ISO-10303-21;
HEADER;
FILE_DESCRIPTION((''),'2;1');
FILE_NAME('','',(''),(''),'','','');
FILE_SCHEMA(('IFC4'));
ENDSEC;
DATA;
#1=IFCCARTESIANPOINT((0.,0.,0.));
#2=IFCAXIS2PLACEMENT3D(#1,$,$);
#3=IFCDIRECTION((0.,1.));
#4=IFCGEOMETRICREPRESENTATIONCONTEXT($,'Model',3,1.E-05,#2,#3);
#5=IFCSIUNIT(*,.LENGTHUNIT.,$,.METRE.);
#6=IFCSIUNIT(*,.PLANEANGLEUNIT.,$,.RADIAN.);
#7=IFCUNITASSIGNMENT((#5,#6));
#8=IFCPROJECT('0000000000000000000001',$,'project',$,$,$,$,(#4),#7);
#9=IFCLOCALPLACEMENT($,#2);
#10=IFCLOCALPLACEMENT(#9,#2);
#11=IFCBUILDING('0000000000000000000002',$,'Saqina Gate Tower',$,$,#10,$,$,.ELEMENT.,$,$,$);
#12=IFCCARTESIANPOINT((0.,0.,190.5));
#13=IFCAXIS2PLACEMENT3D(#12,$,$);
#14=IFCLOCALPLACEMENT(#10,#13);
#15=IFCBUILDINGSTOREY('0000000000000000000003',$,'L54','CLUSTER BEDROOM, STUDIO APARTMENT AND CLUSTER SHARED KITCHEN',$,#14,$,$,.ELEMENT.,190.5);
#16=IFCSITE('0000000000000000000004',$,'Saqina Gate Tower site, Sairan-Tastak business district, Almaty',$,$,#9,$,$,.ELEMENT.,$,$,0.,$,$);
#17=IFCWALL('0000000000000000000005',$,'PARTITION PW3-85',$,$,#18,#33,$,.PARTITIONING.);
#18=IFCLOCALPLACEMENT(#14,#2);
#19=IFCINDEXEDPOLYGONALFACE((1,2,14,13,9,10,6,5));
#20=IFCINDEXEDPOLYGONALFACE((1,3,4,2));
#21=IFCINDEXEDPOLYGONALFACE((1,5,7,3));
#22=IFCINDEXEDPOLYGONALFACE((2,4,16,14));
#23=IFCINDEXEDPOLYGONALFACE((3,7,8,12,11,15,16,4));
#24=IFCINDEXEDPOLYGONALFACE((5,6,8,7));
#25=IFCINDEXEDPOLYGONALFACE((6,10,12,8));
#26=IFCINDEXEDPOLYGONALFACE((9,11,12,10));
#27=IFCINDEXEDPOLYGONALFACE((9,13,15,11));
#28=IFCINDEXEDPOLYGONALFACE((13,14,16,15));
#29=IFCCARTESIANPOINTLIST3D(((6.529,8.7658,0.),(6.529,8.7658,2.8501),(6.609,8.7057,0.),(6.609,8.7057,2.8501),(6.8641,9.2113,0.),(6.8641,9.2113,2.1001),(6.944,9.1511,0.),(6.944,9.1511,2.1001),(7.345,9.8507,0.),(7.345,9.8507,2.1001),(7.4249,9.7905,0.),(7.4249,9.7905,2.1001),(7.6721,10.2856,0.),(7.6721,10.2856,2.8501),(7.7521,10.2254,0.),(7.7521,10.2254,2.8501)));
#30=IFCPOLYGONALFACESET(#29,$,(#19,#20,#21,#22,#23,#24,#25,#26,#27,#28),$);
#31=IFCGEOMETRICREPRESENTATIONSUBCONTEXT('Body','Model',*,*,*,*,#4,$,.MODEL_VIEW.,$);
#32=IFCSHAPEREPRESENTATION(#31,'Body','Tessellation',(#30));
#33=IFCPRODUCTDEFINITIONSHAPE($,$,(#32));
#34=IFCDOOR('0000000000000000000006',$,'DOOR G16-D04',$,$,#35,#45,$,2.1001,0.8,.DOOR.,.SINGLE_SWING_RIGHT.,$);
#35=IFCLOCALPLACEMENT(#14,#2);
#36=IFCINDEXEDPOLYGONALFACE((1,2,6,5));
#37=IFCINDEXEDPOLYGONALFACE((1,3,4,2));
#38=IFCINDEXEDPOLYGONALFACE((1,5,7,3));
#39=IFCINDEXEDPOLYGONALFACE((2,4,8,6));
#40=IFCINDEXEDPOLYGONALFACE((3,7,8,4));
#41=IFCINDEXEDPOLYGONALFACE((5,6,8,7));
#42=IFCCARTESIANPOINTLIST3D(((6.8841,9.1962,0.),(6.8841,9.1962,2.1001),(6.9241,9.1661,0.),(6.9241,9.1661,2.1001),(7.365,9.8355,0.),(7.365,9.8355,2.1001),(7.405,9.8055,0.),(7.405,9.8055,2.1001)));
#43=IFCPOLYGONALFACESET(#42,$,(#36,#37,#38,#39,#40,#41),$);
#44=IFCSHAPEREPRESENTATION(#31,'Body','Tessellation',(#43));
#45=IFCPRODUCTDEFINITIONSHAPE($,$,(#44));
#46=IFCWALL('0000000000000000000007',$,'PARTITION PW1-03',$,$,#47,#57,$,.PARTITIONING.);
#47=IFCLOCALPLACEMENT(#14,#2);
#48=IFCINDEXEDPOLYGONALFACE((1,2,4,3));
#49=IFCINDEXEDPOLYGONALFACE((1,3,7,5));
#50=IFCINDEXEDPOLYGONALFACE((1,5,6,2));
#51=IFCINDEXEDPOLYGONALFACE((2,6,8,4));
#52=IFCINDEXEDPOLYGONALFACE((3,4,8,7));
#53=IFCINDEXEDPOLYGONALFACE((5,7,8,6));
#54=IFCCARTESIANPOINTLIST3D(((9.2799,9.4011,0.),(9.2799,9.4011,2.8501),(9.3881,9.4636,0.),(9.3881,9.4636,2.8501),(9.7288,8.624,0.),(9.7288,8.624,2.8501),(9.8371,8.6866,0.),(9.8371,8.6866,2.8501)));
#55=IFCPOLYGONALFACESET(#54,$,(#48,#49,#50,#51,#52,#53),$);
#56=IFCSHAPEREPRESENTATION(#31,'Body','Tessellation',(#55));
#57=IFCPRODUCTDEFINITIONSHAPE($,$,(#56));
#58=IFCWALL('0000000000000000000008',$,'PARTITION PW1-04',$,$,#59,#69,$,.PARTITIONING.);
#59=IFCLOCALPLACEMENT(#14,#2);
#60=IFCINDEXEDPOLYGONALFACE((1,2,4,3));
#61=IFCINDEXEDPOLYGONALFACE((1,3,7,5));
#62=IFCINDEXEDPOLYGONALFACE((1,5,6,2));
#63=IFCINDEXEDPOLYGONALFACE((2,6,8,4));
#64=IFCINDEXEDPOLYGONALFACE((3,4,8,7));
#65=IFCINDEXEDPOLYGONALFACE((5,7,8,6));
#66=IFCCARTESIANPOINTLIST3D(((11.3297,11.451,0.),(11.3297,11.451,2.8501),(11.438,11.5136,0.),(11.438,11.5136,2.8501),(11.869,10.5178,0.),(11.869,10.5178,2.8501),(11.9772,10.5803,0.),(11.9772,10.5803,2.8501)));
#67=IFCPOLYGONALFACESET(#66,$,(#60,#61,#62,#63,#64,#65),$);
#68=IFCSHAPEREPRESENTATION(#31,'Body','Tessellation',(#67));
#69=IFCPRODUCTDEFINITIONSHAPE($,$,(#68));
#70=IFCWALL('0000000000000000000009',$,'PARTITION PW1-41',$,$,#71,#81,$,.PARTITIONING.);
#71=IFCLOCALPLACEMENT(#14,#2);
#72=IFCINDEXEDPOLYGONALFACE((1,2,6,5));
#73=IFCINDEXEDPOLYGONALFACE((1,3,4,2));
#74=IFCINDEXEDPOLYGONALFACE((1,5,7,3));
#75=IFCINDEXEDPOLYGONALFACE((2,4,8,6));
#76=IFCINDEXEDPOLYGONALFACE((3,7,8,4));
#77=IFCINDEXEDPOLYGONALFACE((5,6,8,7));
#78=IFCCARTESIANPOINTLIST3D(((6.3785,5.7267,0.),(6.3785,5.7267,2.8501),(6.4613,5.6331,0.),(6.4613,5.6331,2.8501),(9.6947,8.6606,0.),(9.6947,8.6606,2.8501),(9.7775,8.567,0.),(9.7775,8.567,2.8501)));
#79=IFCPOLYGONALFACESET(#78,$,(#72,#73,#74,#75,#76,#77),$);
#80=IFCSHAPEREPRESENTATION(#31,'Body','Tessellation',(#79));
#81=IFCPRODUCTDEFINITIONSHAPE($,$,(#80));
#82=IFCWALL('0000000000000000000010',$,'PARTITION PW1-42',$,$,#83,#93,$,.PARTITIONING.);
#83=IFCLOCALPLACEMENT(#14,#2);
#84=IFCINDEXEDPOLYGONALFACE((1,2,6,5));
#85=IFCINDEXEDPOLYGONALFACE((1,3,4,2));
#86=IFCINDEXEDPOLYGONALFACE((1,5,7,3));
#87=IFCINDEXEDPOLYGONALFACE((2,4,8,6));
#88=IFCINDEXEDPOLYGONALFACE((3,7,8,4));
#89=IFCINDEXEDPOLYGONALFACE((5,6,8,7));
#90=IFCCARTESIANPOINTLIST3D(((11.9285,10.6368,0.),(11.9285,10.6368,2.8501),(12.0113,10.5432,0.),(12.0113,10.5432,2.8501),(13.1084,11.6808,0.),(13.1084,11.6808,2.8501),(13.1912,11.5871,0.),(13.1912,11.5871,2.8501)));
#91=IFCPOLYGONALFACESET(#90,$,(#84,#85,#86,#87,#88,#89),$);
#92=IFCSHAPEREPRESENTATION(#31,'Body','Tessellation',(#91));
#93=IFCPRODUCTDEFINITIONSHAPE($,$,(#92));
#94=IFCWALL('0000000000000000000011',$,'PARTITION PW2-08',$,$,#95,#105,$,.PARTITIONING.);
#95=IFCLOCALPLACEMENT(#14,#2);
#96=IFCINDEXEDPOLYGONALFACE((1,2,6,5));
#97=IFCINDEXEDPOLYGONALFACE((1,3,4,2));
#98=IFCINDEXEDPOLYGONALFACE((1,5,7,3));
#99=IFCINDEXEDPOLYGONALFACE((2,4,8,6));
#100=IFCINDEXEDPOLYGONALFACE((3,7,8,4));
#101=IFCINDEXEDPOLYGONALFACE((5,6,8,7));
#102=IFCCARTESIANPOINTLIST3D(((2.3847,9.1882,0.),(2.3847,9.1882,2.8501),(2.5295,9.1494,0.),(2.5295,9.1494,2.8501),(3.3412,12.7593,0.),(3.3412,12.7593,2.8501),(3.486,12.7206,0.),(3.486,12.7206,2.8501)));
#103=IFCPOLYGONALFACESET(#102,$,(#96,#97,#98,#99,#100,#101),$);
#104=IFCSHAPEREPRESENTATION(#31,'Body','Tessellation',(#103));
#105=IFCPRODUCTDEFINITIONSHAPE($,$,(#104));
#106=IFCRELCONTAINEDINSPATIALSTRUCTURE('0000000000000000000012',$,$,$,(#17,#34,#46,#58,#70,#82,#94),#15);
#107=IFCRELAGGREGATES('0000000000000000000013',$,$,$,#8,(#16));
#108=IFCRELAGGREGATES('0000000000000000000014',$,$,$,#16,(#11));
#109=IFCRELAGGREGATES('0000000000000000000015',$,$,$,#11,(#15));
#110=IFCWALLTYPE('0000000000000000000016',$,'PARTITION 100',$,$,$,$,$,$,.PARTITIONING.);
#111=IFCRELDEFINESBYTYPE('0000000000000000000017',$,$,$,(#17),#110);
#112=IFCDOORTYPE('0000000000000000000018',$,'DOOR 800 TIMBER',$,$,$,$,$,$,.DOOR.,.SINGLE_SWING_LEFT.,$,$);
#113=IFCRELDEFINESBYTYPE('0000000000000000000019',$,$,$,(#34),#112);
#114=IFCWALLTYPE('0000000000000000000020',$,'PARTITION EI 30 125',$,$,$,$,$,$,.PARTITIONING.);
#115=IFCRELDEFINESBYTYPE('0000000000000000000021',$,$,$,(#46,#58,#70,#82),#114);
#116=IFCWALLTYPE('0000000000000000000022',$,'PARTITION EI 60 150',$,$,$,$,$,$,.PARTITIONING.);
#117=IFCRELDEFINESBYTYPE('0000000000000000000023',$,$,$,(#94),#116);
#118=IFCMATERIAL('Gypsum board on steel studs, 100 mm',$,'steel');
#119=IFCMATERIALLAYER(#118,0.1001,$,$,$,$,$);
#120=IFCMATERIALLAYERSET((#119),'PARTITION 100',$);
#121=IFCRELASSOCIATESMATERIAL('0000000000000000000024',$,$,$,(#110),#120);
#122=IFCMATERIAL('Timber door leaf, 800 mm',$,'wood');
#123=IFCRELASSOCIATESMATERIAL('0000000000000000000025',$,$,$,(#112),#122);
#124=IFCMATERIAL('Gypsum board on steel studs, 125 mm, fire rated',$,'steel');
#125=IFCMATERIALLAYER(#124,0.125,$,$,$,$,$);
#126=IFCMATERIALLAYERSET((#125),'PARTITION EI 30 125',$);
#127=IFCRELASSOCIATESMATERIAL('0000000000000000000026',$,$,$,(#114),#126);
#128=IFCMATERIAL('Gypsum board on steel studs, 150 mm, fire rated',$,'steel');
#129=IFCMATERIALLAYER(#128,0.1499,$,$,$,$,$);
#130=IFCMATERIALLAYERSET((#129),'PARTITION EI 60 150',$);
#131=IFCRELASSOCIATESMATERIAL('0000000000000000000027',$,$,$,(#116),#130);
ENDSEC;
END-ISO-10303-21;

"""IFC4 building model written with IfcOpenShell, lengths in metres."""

from ifc_helpers import new_model, si_unit, direction, frame, frame_2d, origin, place, context, subcontext, project, spatial, rectangle, extrude, material, layer, layer_set, type_object, element, fill, save


model = new_model("IFC4")

# Units and contexts
model_context = context("Model", 3, precision=1e-05, world=origin(), true_north=direction((0.0, 1.0)))
body_context = subcontext(model_context, "Body", "Model", "MODEL_VIEW")
ifc_project = project(units=[si_unit("LENGTHUNIT", "METRE"), si_unit("PLANEANGLEUNIT", "RADIAN")], contexts=[model_context])

# Site, building, storey
site_placement = place(None, origin())
site = spatial("IfcSite", under=ifc_project, at=site_placement, Name="Saqina Gate Tower site, Sairan-Tastak business district, Almaty", CompositionType="ELEMENT", RefElevation=0.0)
building_placement = place(site_placement, origin())
building = spatial("IfcBuilding", under=site, at=building_placement, Name="Saqina Gate Tower", CompositionType="ELEMENT")
storey_placement = place(building_placement, frame((0.0, 0.0, 190.5)))
storey = spatial("IfcBuildingStorey", under=building, at=storey_placement, Name="L54", Description="CLUSTER BEDROOM, STUDIO APARTMENT AND CLUSTER SHARED KITCHEN", CompositionType="ELEMENT", Elevation=190.5)

# Shared definitions
ifc_material_1 = material(Name="Gypsum board on steel studs, 100 mm", Category="steel")
ifc_layer_1 = layer(ifc_material_1, 0.1001)
ifc_layer_set_1 = layer_set([ifc_layer_1], Name="PARTITION 100")
wall_type_1 = type_object("IfcWallType", Name="PARTITION 100", PredefinedType="PARTITIONING", material=ifc_layer_set_1)

# Wall, opening, door
wall_1_placement = place(storey_placement, frame((6.5691, 8.7358, 0.0), z_axis=(0.0, 0.0, 1.0), x_axis=(0.601088, 0.799183, 0.0)))
wall_1 = element("IfcWall", 1, at=wall_1_placement, inside=storey, type_object=wall_type_1, Name="PARTITION PW3-85", PredefinedType="PARTITIONING", context=body_context, shape_type="SweptSolid", body=[
    extrude(rectangle(XDim=1.9016, YDim=0.1001, at=frame_2d((0.9507, 0.0))), origin(), (0.0, 0.0, 1.0), 2.8501),
])
opening_1_placement = place(wall_1_placement, frame((0.5574, 0.0, 0.0)))
opening_1 = element("IfcOpeningElement", 2, at=opening_1_placement, cuts=wall_1, PredefinedType="OPENING", context=body_context, shape_type="SweptSolid", body=[
    extrude(rectangle(XDim=0.8, YDim=2.1001, at=frame_2d((0.3999, 1.05))), frame((0.0, 0.062, 0.0), z_axis=(0.0, -1.0, 0.0), x_axis=(1.0, 0.0, 0.0)), (0.0, 0.0, 1.0), 0.124),
])
ifc_material_2 = material(Name="Timber door leaf, 800 mm", Category="wood")
door_type_1 = type_object("IfcDoorType", Name="DOOR 800 TIMBER", OperationType="SINGLE_SWING_LEFT", PredefinedType="DOOR", material=ifc_material_2)
door_1_placement = place(opening_1_placement, origin())
door_1 = element("IfcDoor", 3, at=door_1_placement, inside=storey, type_object=door_type_1, Name="DOOR G16-D04", OperationType="SINGLE_SWING_RIGHT", OverallHeight=2.1001, OverallWidth=0.8, PredefinedType="DOOR", context=body_context, shape_type="SweptSolid", body=[
    extrude(rectangle(XDim=0.8, YDim=2.1001, at=frame_2d((0.3999, 1.05))), frame((0.0, 0.0249, 0.0), z_axis=(0.0, -1.0, 0.0), x_axis=(1.0, 0.0, 0.0)), (0.0, 0.0, 1.0), 0.05),
])
fill(opening_1, door_1)

# Walls
ifc_material_3 = material(Name="Gypsum board on steel studs, 125 mm, fire rated", Category="steel")
ifc_layer_2 = layer(ifc_material_3, 0.125)
ifc_layer_set_2 = layer_set([ifc_layer_2], Name="PARTITION EI 30 125")
wall_type_2 = type_object("IfcWallType", Name="PARTITION EI 30 125", PredefinedType="PARTITIONING", material=ifc_layer_set_2)
wall_2_placement = place(storey_placement, frame((9.334, 9.4324, 0.0), z_axis=(0.0, 0.0, 1.0), x_axis=(0.500264, -0.865873, 0.0)))
element("IfcWall", 4, at=wall_2_placement, inside=storey, type_object=wall_type_2, Name="PARTITION PW1-03", PredefinedType="PARTITIONING", context=body_context, shape_type="SweptSolid", body=[
    extrude(rectangle(XDim=0.8975, YDim=0.125, at=frame_2d((0.4487, 0.0))), origin(), (0.0, 0.0, 1.0), 2.8501),
])
wall_3_placement = place(storey_placement, frame((11.3838, 11.4824, 0.0), z_axis=(0.0, 0.0, 1.0), x_axis=(0.500304, -0.86585, 0.0)))
element("IfcWall", 5, at=wall_3_placement, inside=storey, type_object=wall_type_2, Name="PARTITION PW1-04", PredefinedType="PARTITIONING", context=body_context, shape_type="SweptSolid", body=[
    extrude(rectangle(XDim=1.0779, YDim=0.125, at=frame_2d((0.5391, 0.0))), origin(), (0.0, 0.0, 1.0), 2.8501),
])
wall_4_placement = place(storey_placement, frame((6.4199, 5.6799, 0.0), z_axis=(0.0, 0.0, 1.0), x_axis=(0.748962, 0.662613, 0.0)))
element("IfcWall", 6, at=wall_4_placement, inside=storey, type_object=wall_type_2, Name="PARTITION PW1-41", PredefinedType="PARTITIONING", context=body_context, shape_type="SweptSolid", body=[
    extrude(rectangle(XDim=4.4277, YDim=0.125, at=frame_2d((2.2139, 0.0))), origin(), (0.0, 0.0, 1.0), 2.8501),
])
wall_5_placement = place(storey_placement, frame((11.97, 10.5901, 0.0), z_axis=(0.0, 0.0, 1.0), x_axis=(0.748946, 0.662631, 0.0)))
element("IfcWall", 7, at=wall_5_placement, inside=storey, type_object=wall_type_2, Name="PARTITION PW1-42", PredefinedType="PARTITIONING", context=body_context, shape_type="SweptSolid", body=[
    extrude(rectangle(XDim=1.5754, YDim=0.125, at=frame_2d((0.7876, 0.0))), origin(), (0.0, 0.0, 1.0), 2.8501),
])
ifc_material_4 = material(Name="Gypsum board on steel studs, 150 mm, fire rated", Category="steel")
ifc_layer_3 = layer(ifc_material_4, 0.1499)
ifc_layer_set_3 = layer_set([ifc_layer_3], Name="PARTITION EI 60 150")
wall_type_3 = type_object("IfcWallType", Name="PARTITION EI 60 150", PredefinedType="PARTITIONING", material=ifc_layer_set_3)
wall_6_placement = place(storey_placement, frame((2.457, 9.1687, 0.0), z_axis=(0.0, 0.0, 1.0), x_axis=(0.258739, 0.965947, 0.0)))
element("IfcWall", 8, at=wall_6_placement, inside=storey, type_object=wall_type_3, Name="PARTITION PW2-08", PredefinedType="PARTITIONING", context=body_context, shape_type="SweptSolid", body=[
    extrude(rectangle(XDim=3.697, YDim=0.1499, at=frame_2d((1.8486, 0.0))), origin(), (0.0, 0.0, 1.0), 2.8501),
])

save(model, "model.ifc")
